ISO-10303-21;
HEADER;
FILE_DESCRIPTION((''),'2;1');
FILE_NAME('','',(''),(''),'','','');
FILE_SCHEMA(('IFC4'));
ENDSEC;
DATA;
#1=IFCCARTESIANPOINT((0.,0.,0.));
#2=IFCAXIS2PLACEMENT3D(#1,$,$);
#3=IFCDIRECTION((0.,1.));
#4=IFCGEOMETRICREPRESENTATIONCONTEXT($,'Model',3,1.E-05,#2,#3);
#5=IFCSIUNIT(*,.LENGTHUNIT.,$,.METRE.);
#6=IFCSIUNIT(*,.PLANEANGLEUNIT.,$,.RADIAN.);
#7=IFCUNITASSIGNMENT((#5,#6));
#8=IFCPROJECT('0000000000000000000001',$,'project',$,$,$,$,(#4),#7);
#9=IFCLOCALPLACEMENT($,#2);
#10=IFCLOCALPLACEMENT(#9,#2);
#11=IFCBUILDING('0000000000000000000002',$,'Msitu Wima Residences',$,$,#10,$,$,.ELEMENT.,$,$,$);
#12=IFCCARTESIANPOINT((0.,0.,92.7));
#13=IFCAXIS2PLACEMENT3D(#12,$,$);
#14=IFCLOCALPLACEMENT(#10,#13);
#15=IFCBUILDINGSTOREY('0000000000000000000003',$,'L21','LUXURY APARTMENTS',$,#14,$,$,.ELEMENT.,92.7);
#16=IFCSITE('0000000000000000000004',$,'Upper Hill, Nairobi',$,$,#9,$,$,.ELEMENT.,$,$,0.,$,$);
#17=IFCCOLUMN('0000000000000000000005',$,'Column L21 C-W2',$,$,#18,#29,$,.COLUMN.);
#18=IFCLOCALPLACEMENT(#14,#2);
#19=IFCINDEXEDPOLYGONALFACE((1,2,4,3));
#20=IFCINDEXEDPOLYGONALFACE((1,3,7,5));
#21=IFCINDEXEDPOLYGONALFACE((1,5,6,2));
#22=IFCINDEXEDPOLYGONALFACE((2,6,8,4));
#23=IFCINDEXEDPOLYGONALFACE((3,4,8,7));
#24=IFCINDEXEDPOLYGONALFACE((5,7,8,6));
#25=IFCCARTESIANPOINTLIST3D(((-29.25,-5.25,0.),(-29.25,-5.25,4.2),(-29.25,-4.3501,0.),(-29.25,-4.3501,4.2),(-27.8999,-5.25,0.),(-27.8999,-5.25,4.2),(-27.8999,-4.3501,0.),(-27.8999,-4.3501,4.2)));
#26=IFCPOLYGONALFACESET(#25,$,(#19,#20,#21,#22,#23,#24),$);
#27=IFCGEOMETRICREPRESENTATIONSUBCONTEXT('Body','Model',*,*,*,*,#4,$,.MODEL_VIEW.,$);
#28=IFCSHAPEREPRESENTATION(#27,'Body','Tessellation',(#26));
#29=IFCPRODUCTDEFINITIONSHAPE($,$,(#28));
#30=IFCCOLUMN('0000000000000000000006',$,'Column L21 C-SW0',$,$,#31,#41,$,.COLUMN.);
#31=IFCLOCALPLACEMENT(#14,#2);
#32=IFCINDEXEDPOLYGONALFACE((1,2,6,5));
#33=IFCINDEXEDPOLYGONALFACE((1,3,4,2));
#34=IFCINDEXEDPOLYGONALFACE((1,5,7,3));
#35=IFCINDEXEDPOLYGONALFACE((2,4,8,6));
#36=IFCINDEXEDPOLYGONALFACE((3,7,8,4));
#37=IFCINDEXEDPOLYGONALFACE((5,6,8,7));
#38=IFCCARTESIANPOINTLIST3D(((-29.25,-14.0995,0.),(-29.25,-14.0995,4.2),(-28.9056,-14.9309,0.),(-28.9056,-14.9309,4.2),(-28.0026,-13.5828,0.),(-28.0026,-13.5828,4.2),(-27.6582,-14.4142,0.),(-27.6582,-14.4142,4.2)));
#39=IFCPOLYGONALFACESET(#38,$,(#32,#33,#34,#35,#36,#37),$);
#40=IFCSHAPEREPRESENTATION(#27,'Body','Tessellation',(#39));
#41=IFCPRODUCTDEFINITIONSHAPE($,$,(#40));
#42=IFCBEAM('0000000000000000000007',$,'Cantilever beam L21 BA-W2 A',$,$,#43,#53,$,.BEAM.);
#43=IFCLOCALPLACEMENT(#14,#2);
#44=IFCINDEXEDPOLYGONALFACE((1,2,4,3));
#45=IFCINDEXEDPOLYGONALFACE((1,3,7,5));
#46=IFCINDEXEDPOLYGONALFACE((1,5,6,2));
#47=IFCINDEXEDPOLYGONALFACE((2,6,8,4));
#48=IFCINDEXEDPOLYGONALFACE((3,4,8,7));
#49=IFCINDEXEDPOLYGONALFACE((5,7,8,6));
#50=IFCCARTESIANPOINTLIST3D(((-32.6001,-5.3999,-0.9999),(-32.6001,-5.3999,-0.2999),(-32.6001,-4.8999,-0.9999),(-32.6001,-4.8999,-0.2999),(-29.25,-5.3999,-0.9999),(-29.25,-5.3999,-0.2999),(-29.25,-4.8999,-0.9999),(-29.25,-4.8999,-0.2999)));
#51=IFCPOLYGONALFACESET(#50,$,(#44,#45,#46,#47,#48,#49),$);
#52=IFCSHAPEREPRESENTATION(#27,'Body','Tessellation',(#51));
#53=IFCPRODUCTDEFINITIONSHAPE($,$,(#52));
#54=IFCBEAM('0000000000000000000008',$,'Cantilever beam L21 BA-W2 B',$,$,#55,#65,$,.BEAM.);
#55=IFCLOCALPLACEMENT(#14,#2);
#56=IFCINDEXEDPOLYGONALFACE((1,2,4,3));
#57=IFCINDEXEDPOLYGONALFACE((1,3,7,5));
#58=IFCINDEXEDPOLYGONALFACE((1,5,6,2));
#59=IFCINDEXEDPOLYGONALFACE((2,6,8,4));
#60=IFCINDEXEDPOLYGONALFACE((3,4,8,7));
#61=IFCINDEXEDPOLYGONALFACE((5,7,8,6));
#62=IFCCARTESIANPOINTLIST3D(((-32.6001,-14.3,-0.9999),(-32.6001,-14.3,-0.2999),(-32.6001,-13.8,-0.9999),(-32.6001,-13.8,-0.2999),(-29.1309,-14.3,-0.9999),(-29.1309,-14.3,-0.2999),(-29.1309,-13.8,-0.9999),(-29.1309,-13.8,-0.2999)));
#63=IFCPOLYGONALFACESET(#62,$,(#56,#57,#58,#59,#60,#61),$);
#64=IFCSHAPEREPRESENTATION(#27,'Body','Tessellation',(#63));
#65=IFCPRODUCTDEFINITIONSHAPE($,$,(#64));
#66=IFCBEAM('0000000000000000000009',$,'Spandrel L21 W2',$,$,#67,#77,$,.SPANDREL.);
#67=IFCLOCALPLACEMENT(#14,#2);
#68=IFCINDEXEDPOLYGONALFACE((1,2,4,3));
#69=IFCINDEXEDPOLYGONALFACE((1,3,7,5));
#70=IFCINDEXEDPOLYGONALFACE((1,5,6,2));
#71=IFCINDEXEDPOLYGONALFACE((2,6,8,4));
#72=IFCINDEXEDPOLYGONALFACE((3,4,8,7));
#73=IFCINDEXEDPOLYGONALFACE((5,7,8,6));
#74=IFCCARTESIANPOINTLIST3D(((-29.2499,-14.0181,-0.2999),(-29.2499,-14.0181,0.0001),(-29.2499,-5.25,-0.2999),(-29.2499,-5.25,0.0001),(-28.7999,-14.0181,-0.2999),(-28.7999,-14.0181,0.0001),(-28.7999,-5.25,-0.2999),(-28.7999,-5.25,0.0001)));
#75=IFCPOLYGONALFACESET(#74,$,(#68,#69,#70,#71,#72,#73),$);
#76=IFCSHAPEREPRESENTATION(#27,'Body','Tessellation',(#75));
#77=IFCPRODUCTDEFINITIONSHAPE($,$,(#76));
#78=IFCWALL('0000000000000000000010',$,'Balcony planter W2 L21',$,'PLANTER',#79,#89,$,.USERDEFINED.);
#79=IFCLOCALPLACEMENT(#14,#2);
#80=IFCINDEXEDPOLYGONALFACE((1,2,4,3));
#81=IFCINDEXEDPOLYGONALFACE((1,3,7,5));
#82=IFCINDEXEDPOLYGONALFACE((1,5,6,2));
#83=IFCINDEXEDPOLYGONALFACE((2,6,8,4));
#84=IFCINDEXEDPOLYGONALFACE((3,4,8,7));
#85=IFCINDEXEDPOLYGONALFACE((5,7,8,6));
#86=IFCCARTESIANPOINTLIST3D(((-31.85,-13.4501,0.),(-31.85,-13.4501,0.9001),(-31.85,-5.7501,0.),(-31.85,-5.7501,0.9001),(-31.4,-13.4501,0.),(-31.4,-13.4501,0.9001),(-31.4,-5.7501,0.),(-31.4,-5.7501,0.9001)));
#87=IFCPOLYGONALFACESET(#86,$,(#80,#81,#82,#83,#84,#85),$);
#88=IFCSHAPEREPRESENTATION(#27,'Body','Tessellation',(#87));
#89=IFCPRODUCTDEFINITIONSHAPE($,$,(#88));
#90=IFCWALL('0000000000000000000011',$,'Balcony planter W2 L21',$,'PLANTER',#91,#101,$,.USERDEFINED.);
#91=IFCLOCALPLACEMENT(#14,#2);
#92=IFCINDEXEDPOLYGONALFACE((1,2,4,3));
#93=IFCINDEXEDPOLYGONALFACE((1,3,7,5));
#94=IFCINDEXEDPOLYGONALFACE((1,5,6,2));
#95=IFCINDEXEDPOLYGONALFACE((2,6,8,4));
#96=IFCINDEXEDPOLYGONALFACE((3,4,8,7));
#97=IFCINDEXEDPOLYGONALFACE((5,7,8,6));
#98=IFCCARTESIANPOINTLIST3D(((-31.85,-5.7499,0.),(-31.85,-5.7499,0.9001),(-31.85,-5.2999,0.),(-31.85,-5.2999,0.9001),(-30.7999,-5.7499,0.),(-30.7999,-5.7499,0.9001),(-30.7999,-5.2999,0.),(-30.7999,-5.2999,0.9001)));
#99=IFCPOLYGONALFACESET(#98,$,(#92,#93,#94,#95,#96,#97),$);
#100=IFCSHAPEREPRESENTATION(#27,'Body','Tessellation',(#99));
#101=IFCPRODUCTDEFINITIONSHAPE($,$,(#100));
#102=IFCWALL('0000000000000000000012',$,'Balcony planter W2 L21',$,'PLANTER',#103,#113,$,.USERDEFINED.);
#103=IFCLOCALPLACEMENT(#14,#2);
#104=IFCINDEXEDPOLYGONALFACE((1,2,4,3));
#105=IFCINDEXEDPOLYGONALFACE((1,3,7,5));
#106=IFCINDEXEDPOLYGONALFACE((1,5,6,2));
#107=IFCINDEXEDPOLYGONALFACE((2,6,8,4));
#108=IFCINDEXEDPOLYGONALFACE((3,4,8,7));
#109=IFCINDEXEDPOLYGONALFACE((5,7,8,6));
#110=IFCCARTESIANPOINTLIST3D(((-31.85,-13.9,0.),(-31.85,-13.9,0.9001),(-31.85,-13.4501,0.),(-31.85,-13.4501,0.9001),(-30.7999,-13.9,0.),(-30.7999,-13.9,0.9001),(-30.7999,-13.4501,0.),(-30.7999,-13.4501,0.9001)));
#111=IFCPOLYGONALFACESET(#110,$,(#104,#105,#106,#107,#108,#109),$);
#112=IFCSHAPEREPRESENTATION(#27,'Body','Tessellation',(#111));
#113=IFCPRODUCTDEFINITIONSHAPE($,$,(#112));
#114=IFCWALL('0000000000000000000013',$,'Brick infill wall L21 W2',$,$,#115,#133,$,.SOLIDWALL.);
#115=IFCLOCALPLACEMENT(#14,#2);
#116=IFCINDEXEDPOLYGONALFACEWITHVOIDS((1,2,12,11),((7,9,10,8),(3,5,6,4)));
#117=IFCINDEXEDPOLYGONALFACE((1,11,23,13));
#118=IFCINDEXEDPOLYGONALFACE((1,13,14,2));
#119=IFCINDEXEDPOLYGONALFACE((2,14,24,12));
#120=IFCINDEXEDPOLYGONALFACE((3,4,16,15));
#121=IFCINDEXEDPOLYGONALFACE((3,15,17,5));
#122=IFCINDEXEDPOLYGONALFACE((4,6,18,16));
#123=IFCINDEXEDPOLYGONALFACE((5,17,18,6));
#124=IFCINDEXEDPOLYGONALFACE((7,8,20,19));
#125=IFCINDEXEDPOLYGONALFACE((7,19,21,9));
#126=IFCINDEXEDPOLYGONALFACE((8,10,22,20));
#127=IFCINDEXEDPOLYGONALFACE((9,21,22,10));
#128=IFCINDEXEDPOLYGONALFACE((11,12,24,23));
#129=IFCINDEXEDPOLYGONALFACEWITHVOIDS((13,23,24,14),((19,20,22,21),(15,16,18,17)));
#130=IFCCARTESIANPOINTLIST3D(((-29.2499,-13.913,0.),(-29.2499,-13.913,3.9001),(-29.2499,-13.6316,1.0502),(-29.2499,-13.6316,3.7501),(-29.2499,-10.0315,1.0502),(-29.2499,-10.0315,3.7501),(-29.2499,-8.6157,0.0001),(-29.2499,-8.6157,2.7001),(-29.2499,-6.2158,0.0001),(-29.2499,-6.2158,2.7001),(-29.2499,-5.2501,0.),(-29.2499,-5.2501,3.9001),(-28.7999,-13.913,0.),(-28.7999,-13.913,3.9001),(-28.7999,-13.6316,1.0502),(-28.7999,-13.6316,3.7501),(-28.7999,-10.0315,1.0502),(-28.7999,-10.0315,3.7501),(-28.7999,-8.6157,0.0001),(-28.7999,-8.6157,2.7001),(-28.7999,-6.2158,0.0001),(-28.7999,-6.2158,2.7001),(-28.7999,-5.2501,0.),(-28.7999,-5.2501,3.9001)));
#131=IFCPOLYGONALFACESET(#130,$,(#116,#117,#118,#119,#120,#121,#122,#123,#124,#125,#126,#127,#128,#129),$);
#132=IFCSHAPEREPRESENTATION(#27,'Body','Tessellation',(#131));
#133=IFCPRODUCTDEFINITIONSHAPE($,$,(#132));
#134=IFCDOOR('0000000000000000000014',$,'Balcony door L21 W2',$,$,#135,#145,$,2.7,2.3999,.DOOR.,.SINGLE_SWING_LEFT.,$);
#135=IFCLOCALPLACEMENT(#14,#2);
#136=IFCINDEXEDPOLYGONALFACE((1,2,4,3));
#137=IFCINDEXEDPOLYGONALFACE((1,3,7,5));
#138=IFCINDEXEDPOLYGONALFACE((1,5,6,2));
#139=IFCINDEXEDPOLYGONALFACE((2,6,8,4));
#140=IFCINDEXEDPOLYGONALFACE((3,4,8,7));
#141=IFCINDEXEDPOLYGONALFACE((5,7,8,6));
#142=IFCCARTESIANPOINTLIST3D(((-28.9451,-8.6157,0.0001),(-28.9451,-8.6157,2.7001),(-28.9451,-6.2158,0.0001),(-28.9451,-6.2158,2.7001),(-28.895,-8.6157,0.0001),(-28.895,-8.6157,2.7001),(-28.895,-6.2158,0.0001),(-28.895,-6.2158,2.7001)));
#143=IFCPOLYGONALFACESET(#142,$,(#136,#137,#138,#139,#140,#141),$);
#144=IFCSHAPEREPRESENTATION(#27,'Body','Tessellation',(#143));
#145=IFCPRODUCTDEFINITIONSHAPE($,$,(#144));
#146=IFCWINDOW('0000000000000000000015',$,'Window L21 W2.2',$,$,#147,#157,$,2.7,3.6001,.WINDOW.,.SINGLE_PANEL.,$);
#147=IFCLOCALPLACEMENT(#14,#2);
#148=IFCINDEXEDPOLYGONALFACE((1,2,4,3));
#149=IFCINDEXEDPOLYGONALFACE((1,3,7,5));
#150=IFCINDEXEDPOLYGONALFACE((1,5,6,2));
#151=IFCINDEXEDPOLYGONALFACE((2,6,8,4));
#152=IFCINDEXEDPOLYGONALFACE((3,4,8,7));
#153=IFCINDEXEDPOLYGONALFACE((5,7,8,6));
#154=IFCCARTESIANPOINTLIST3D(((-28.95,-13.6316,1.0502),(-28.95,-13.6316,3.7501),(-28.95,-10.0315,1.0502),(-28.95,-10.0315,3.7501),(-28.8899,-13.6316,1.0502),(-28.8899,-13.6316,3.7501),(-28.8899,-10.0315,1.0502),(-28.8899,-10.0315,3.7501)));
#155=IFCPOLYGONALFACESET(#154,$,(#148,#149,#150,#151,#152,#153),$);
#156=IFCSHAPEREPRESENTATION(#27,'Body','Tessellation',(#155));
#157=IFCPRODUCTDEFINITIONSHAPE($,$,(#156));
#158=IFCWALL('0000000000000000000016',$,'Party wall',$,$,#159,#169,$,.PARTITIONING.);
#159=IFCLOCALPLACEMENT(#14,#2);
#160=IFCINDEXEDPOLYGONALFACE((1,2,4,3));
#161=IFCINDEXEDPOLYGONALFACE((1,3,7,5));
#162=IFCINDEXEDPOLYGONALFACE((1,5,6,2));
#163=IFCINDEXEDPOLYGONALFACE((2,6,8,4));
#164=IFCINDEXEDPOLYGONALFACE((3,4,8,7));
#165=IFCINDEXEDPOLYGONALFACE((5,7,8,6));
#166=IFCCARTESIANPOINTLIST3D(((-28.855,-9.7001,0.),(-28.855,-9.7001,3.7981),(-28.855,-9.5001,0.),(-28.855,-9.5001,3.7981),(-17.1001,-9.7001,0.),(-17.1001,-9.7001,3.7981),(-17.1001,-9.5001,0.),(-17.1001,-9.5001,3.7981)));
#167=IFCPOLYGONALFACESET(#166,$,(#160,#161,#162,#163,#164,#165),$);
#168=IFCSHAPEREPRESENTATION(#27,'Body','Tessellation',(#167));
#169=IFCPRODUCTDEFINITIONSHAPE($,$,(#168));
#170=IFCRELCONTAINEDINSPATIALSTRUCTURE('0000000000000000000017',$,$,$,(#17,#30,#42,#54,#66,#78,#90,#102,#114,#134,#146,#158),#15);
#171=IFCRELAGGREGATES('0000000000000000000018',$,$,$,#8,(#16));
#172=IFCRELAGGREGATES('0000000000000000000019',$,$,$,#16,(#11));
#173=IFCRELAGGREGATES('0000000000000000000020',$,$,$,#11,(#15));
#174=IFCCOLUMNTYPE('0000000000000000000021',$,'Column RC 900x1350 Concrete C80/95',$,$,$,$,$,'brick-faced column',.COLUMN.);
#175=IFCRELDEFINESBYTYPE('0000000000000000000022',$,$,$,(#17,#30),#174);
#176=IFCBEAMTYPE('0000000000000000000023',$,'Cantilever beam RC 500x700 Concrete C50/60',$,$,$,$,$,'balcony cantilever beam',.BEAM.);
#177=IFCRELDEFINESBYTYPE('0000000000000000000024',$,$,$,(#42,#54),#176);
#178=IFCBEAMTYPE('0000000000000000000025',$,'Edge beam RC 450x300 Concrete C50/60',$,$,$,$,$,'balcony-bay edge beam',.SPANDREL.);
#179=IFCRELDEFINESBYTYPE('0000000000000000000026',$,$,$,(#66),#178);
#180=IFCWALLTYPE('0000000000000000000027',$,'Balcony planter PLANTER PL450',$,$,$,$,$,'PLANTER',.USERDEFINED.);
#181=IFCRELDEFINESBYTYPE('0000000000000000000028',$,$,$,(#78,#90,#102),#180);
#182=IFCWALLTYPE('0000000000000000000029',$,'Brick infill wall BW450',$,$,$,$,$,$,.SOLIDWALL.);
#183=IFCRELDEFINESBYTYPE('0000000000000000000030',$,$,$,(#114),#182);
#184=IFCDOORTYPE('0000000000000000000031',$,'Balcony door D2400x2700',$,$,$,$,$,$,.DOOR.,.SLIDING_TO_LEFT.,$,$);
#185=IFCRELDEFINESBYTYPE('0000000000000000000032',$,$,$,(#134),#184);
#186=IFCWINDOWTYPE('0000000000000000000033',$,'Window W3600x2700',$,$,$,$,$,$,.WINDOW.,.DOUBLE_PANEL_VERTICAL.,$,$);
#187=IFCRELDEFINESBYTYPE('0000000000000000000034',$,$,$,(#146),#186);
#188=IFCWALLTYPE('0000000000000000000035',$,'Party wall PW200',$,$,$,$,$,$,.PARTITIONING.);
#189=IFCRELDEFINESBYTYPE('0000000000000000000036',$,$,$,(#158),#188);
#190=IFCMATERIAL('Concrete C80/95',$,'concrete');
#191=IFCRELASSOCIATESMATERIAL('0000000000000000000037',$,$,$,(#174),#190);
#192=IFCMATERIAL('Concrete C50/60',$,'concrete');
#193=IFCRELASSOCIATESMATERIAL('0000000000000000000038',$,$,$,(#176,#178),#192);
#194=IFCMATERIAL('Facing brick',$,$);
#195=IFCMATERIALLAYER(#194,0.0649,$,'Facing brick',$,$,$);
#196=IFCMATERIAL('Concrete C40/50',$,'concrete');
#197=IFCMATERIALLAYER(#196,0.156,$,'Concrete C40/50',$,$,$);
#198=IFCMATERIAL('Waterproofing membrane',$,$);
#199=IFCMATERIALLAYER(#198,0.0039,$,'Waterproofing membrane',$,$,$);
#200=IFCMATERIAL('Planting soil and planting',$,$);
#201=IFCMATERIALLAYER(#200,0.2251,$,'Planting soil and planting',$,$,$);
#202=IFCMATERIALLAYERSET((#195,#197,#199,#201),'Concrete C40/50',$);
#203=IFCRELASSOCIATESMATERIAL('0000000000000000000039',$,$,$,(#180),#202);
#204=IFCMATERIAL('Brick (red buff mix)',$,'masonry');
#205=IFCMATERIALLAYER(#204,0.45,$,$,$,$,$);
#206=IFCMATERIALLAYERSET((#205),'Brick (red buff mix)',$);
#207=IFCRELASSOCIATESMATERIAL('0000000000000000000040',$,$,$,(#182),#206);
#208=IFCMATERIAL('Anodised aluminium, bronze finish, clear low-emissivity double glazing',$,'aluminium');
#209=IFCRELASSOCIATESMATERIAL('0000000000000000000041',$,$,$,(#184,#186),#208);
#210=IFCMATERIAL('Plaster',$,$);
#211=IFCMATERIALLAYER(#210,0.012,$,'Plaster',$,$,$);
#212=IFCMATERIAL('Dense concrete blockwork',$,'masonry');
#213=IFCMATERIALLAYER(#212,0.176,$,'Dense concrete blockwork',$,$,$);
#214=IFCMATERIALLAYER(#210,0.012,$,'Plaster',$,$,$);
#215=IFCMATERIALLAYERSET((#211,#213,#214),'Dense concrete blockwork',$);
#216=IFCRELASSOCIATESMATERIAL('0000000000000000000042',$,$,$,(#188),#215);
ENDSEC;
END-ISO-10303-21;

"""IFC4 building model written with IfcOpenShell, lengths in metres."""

from ifc_helpers import new_model, si_unit, direction, frame, frame_2d, origin, origin_2d, place, context, subcontext, project, spatial, rectangle, extrude, material, layer, layer_set, material_profile, profile_set, type_object, element, fill, save


model = new_model("IFC4")

# Units and contexts
model_context = context("Model", 3, precision=1e-05, world=origin(), true_north=direction((0.0, 1.0)))
body_context = subcontext(model_context, "Body", "Model", "MODEL_VIEW")
ifc_project = project(units=[si_unit("LENGTHUNIT", "METRE"), si_unit("PLANEANGLEUNIT", "RADIAN")], contexts=[model_context])

# Site, building, storey
site_placement = place(None, origin())
site = spatial("IfcSite", under=ifc_project, at=site_placement, Name="Upper Hill, Nairobi", CompositionType="ELEMENT", RefElevation=0.0)
building_placement = place(site_placement, origin())
building = spatial("IfcBuilding", under=site, at=building_placement, Name="Msitu Wima Residences", CompositionType="ELEMENT")
storey_placement = place(building_placement, frame((0.0, 0.0, 92.7)))
storey = spatial("IfcBuildingStorey", under=building, at=storey_placement, Name="L21", Description="LUXURY APARTMENTS", CompositionType="ELEMENT", Elevation=92.7)

# Columns
ifc_material_1 = material(Name="Concrete C80/95", Category="concrete")
ifc_material_profile_1 = material_profile(ifc_material_1, rectangle(XDim=0.8999, YDim=1.3501, at=origin_2d()), Name="RC 900x1350")
ifc_profile_set_1 = profile_set([ifc_material_profile_1], Name="Concrete C80/95")
column_type = type_object("IfcColumnType", Name="Column RC 900x1350 Concrete C80/95", ElementType="brick-faced column", PredefinedType="COLUMN", material=ifc_profile_set_1)
for number, where, z_axis, x_axis, name in (
    (1, (-28.575, -4.8, 0.0), (0.0, 0.0, 1.0), (0.0, -1.0, 0.0), "Column L21 C-W2"),
    (2, (-28.4541, -14.2568, 0.0), (0.0, 0.0, 1.0), (0.382683, -0.92388, 0.0), "Column L21 C-SW0"),
):
    element("IfcColumn", number, at=place(storey_placement, frame(where, z_axis=z_axis, x_axis=x_axis)), inside=storey, type_object=column_type, Name=name, PredefinedType="COLUMN", context=body_context, shape_type="SweptSolid", body=[
        extrude(rectangle(XDim=0.8999, YDim=1.3501, at=origin_2d()), origin(), (0.0, 0.0, 1.0), 4.2),
    ])

# Beams
ifc_material_2 = material(Name="Concrete C50/60", Category="concrete")
ifc_material_profile_2 = material_profile(ifc_material_2, rectangle(XDim=0.5, YDim=0.7, at=origin_2d()), Name="RC 500x700")
ifc_profile_set_2 = profile_set([ifc_material_profile_2], Name="Concrete C50/60")
beam_type_1 = type_object("IfcBeamType", Name="Cantilever beam RC 500x700 Concrete C50/60", ElementType="balcony cantilever beam", PredefinedType="BEAM", material=ifc_profile_set_2)
beam_1_placement = place(storey_placement, frame((-29.25, -5.1499, -0.6499), z_axis=(-1.0, 0.0, 0.0), x_axis=(0.0, -1.0, 0.0)))
element("IfcBeam", 3, at=beam_1_placement, inside=storey, type_object=beam_type_1, Name="Cantilever beam L21 BA-W2 A", PredefinedType="BEAM", context=body_context, shape_type="SweptSolid", body=[
    extrude(rectangle(XDim=0.5, YDim=0.7, at=origin_2d()), origin(), (0.0, 0.0, 1.0), 3.3501),
])
beam_2_placement = place(storey_placement, frame((-29.1309, -14.05, -0.6499), z_axis=(-1.0, 0.0, 0.0), x_axis=(0.0, -1.0, 0.0)))
element("IfcBeam", 4, at=beam_2_placement, inside=storey, type_object=beam_type_1, Name="Cantilever beam L21 BA-W2 B", PredefinedType="BEAM", context=body_context, shape_type="SweptSolid", body=[
    extrude(rectangle(XDim=0.5, YDim=0.7, at=origin_2d()), origin(), (0.0, 0.0, 1.0), 3.4692),
])
ifc_material_profile_3 = material_profile(ifc_material_2, rectangle(XDim=0.45, YDim=0.3, at=origin_2d()), Name="RC 450x300")
ifc_profile_set_3 = profile_set([ifc_material_profile_3], Name="Concrete C50/60")
beam_type_2 = type_object("IfcBeamType", Name="Edge beam RC 450x300 Concrete C50/60", ElementType="balcony-bay edge beam", PredefinedType="SPANDREL", material=ifc_profile_set_3)
beam_3_placement = place(storey_placement, frame((-29.0249, -5.25, -0.1499), z_axis=(0.0, -1.0, 0.0), x_axis=(1.0, 0.0, 0.0)))
element("IfcBeam", 5, at=beam_3_placement, inside=storey, type_object=beam_type_2, Name="Spandrel L21 W2", PredefinedType="SPANDREL", context=body_context, shape_type="SweptSolid", body=[
    extrude(rectangle(XDim=0.45, YDim=0.3, at=origin_2d()), origin(), (0.0, 0.0, 1.0), 8.7681),
])

# Walls
ifc_material_3 = material(Name="Facing brick")
ifc_layer_1 = layer(ifc_material_3, 0.0649, Name="Facing brick")
ifc_material_4 = material(Name="Concrete C40/50", Category="concrete")
ifc_layer_2 = layer(ifc_material_4, 0.156, Name="Concrete C40/50")
ifc_material_5 = material(Name="Waterproofing membrane")
ifc_layer_3 = layer(ifc_material_5, 0.0039, Name="Waterproofing membrane")
ifc_material_6 = material(Name="Planting soil and planting")
ifc_layer_4 = layer(ifc_material_6, 0.2251, Name="Planting soil and planting")
ifc_layer_set_1 = layer_set([ifc_layer_1, ifc_layer_2, ifc_layer_3, ifc_layer_4], Name="Concrete C40/50")
wall_type_1 = type_object("IfcWallType", Name="Balcony planter PLANTER PL450", ElementType="PLANTER", PredefinedType="USERDEFINED", material=ifc_layer_set_1)
wall_1_placement = place(storey_placement, frame((-31.625, -5.75, 0.0), z_axis=(0.0, 0.0, 1.0), x_axis=(0.0, -1.0, 0.0)))
element("IfcWall", 6, at=wall_1_placement, inside=storey, type_object=wall_type_1, Name="Balcony planter W2 L21", ObjectType="PLANTER", PredefinedType="USERDEFINED", context=body_context, shape_type="SweptSolid", body=[
    extrude(rectangle(XDim=7.7, YDim=0.45, at=frame_2d((3.8501, 0.0))), origin(), (0.0, 0.0, 1.0), 0.9001),
])
for number, where, z_axis, x_axis, name in (
    (7, (-30.8, -5.5249, 0.0), (0.0, 0.0, 1.0), (-1.0, 0.0, 0.0), "Balcony planter W2 L21"),
    (8, (-30.8, -13.675, 0.0), (0.0, 0.0, 1.0), (-1.0, 0.0, 0.0), "Balcony planter W2 L21"),
):
    element("IfcWall", number, at=place(storey_placement, frame(where, z_axis=z_axis, x_axis=x_axis)), inside=storey, type_object=wall_type_1, Name=name, ObjectType="PLANTER", PredefinedType="USERDEFINED", context=body_context, shape_type="SweptSolid", body=[
        extrude(rectangle(XDim=1.05, YDim=0.45, at=frame_2d((0.5249, 0.0))), origin(), (0.0, 0.0, 1.0), 0.9001),
    ])

# Wall, openings, door, window
ifc_material_7 = material(Name="Brick (red buff mix)", Category="masonry")
ifc_layer_5 = layer(ifc_material_7, 0.45)
ifc_layer_set_2 = layer_set([ifc_layer_5], Name="Brick (red buff mix)")
wall_type_2 = type_object("IfcWallType", Name="Brick infill wall BW450", PredefinedType="SOLIDWALL", material=ifc_layer_set_2)
wall_2_placement = place(storey_placement, frame((-29.0249, -5.25, 0.0), z_axis=(0.0, 0.0, 1.0), x_axis=(0.0, -1.0, 0.0)))
wall_2 = element("IfcWall", 9, at=wall_2_placement, inside=storey, type_object=wall_type_2, Name="Brick infill wall L21 W2", PredefinedType="SOLIDWALL", context=body_context, shape_type="SweptSolid", body=[
    extrude(rectangle(XDim=8.6628, YDim=0.45, at=frame_2d((4.3315, 0.0))), origin(), (0.0, 0.0, 1.0), 3.9001),
])
opening_1_placement = place(wall_2_placement, frame((0.9658, 0.0, 0.0)))
opening_1 = element("IfcOpeningElement", 10, at=opening_1_placement, cuts=wall_2, PredefinedType="OPENING", context=body_context, shape_type="SweptSolid", body=[
    extrude(rectangle(XDim=2.3999, YDim=2.7, at=frame_2d((1.2, 1.3501))), frame((0.0, 0.2349, 0.0), z_axis=(0.0, -1.0, 0.0), x_axis=(1.0, 0.0, 0.0)), (0.0, 0.0, 1.0), 0.47),
])
opening_2_placement = place(wall_2_placement, frame((4.7815, 0.0, 1.05)))
opening_2 = element("IfcOpeningElement", 11, at=opening_2_placement, cuts=wall_2, PredefinedType="OPENING", context=body_context, shape_type="SweptSolid", body=[
    extrude(rectangle(XDim=3.6001, YDim=2.7, at=frame_2d((1.8, 1.3501))), frame((0.0, 0.2349, 0.0), z_axis=(0.0, -1.0, 0.0), x_axis=(1.0, 0.0, 0.0)), (0.0, 0.0, 1.0), 0.47),
])
ifc_material_8 = material(Name="Anodised aluminium, bronze finish, clear low-emissivity double glazing", Category="aluminium")
door_type = type_object("IfcDoorType", Name="Balcony door D2400x2700", OperationType="SLIDING_TO_LEFT", PredefinedType="DOOR", material=ifc_material_8)
door_placement = place(opening_1_placement, origin())
door = element("IfcDoor", 12, at=door_placement, inside=storey, type_object=door_type, Name="Balcony door L21 W2", OperationType="SINGLE_SWING_LEFT", OverallHeight=2.7, OverallWidth=2.3999, PredefinedType="DOOR", context=body_context, shape_type="SweptSolid", body=[
    extrude(rectangle(XDim=2.3999, YDim=2.7, at=frame_2d((1.2, 1.3501))), frame((0.0, 0.1299, 0.0), z_axis=(0.0, -1.0, 0.0), x_axis=(1.0, 0.0, 0.0)), (0.0, 0.0, 1.0), 0.05),
])
fill(opening_1, door)
window_type = type_object("IfcWindowType", Name="Window W3600x2700", PartitioningType="DOUBLE_PANEL_VERTICAL", PredefinedType="WINDOW", material=ifc_material_8)
window_placement = place(opening_2_placement, origin())
window = element("IfcWindow", 13, at=window_placement, inside=storey, type_object=window_type, Name="Window L21 W2.2", OverallHeight=2.7, OverallWidth=3.6001, PartitioningType="SINGLE_PANEL", PredefinedType="WINDOW", context=body_context, shape_type="SweptSolid", body=[
    extrude(rectangle(XDim=3.6001, YDim=2.7, at=frame_2d((1.8, 1.3501))), frame((0.0, 0.135, 0.0), z_axis=(0.0, -1.0, 0.0), x_axis=(1.0, 0.0, 0.0)), (0.0, 0.0, 1.0), 0.0601),
])
fill(opening_2, window)

# Wall
ifc_material_9 = material(Name="Plaster")
ifc_layer_6 = layer(ifc_material_9, 0.012, Name="Plaster")
ifc_material_10 = material(Name="Dense concrete blockwork", Category="masonry")
ifc_layer_7 = layer(ifc_material_10, 0.176, Name="Dense concrete blockwork")
ifc_layer_8 = layer(ifc_material_9, 0.012, Name="Plaster")
ifc_layer_set_3 = layer_set([ifc_layer_6, ifc_layer_7, ifc_layer_8], Name="Dense concrete blockwork")
wall_type_3 = type_object("IfcWallType", Name="Party wall PW200", PredefinedType="PARTITIONING", material=ifc_layer_set_3)
wall_3_placement = place(storey_placement, frame((-28.855, -9.6001, 0.0), z_axis=(0.0, 0.0, 1.0), x_axis=(1.0, 0.0, 0.0)))
element("IfcWall", 14, at=wall_3_placement, inside=storey, type_object=wall_type_3, Name="Party wall", PredefinedType="PARTITIONING", context=body_context, shape_type="SweptSolid", body=[
    extrude(rectangle(XDim=11.7549, YDim=0.2, at=frame_2d((5.8774, 0.0))), origin(), (0.0, 0.0, 1.0), 3.7981),
])

save(model, "model.ifc")
